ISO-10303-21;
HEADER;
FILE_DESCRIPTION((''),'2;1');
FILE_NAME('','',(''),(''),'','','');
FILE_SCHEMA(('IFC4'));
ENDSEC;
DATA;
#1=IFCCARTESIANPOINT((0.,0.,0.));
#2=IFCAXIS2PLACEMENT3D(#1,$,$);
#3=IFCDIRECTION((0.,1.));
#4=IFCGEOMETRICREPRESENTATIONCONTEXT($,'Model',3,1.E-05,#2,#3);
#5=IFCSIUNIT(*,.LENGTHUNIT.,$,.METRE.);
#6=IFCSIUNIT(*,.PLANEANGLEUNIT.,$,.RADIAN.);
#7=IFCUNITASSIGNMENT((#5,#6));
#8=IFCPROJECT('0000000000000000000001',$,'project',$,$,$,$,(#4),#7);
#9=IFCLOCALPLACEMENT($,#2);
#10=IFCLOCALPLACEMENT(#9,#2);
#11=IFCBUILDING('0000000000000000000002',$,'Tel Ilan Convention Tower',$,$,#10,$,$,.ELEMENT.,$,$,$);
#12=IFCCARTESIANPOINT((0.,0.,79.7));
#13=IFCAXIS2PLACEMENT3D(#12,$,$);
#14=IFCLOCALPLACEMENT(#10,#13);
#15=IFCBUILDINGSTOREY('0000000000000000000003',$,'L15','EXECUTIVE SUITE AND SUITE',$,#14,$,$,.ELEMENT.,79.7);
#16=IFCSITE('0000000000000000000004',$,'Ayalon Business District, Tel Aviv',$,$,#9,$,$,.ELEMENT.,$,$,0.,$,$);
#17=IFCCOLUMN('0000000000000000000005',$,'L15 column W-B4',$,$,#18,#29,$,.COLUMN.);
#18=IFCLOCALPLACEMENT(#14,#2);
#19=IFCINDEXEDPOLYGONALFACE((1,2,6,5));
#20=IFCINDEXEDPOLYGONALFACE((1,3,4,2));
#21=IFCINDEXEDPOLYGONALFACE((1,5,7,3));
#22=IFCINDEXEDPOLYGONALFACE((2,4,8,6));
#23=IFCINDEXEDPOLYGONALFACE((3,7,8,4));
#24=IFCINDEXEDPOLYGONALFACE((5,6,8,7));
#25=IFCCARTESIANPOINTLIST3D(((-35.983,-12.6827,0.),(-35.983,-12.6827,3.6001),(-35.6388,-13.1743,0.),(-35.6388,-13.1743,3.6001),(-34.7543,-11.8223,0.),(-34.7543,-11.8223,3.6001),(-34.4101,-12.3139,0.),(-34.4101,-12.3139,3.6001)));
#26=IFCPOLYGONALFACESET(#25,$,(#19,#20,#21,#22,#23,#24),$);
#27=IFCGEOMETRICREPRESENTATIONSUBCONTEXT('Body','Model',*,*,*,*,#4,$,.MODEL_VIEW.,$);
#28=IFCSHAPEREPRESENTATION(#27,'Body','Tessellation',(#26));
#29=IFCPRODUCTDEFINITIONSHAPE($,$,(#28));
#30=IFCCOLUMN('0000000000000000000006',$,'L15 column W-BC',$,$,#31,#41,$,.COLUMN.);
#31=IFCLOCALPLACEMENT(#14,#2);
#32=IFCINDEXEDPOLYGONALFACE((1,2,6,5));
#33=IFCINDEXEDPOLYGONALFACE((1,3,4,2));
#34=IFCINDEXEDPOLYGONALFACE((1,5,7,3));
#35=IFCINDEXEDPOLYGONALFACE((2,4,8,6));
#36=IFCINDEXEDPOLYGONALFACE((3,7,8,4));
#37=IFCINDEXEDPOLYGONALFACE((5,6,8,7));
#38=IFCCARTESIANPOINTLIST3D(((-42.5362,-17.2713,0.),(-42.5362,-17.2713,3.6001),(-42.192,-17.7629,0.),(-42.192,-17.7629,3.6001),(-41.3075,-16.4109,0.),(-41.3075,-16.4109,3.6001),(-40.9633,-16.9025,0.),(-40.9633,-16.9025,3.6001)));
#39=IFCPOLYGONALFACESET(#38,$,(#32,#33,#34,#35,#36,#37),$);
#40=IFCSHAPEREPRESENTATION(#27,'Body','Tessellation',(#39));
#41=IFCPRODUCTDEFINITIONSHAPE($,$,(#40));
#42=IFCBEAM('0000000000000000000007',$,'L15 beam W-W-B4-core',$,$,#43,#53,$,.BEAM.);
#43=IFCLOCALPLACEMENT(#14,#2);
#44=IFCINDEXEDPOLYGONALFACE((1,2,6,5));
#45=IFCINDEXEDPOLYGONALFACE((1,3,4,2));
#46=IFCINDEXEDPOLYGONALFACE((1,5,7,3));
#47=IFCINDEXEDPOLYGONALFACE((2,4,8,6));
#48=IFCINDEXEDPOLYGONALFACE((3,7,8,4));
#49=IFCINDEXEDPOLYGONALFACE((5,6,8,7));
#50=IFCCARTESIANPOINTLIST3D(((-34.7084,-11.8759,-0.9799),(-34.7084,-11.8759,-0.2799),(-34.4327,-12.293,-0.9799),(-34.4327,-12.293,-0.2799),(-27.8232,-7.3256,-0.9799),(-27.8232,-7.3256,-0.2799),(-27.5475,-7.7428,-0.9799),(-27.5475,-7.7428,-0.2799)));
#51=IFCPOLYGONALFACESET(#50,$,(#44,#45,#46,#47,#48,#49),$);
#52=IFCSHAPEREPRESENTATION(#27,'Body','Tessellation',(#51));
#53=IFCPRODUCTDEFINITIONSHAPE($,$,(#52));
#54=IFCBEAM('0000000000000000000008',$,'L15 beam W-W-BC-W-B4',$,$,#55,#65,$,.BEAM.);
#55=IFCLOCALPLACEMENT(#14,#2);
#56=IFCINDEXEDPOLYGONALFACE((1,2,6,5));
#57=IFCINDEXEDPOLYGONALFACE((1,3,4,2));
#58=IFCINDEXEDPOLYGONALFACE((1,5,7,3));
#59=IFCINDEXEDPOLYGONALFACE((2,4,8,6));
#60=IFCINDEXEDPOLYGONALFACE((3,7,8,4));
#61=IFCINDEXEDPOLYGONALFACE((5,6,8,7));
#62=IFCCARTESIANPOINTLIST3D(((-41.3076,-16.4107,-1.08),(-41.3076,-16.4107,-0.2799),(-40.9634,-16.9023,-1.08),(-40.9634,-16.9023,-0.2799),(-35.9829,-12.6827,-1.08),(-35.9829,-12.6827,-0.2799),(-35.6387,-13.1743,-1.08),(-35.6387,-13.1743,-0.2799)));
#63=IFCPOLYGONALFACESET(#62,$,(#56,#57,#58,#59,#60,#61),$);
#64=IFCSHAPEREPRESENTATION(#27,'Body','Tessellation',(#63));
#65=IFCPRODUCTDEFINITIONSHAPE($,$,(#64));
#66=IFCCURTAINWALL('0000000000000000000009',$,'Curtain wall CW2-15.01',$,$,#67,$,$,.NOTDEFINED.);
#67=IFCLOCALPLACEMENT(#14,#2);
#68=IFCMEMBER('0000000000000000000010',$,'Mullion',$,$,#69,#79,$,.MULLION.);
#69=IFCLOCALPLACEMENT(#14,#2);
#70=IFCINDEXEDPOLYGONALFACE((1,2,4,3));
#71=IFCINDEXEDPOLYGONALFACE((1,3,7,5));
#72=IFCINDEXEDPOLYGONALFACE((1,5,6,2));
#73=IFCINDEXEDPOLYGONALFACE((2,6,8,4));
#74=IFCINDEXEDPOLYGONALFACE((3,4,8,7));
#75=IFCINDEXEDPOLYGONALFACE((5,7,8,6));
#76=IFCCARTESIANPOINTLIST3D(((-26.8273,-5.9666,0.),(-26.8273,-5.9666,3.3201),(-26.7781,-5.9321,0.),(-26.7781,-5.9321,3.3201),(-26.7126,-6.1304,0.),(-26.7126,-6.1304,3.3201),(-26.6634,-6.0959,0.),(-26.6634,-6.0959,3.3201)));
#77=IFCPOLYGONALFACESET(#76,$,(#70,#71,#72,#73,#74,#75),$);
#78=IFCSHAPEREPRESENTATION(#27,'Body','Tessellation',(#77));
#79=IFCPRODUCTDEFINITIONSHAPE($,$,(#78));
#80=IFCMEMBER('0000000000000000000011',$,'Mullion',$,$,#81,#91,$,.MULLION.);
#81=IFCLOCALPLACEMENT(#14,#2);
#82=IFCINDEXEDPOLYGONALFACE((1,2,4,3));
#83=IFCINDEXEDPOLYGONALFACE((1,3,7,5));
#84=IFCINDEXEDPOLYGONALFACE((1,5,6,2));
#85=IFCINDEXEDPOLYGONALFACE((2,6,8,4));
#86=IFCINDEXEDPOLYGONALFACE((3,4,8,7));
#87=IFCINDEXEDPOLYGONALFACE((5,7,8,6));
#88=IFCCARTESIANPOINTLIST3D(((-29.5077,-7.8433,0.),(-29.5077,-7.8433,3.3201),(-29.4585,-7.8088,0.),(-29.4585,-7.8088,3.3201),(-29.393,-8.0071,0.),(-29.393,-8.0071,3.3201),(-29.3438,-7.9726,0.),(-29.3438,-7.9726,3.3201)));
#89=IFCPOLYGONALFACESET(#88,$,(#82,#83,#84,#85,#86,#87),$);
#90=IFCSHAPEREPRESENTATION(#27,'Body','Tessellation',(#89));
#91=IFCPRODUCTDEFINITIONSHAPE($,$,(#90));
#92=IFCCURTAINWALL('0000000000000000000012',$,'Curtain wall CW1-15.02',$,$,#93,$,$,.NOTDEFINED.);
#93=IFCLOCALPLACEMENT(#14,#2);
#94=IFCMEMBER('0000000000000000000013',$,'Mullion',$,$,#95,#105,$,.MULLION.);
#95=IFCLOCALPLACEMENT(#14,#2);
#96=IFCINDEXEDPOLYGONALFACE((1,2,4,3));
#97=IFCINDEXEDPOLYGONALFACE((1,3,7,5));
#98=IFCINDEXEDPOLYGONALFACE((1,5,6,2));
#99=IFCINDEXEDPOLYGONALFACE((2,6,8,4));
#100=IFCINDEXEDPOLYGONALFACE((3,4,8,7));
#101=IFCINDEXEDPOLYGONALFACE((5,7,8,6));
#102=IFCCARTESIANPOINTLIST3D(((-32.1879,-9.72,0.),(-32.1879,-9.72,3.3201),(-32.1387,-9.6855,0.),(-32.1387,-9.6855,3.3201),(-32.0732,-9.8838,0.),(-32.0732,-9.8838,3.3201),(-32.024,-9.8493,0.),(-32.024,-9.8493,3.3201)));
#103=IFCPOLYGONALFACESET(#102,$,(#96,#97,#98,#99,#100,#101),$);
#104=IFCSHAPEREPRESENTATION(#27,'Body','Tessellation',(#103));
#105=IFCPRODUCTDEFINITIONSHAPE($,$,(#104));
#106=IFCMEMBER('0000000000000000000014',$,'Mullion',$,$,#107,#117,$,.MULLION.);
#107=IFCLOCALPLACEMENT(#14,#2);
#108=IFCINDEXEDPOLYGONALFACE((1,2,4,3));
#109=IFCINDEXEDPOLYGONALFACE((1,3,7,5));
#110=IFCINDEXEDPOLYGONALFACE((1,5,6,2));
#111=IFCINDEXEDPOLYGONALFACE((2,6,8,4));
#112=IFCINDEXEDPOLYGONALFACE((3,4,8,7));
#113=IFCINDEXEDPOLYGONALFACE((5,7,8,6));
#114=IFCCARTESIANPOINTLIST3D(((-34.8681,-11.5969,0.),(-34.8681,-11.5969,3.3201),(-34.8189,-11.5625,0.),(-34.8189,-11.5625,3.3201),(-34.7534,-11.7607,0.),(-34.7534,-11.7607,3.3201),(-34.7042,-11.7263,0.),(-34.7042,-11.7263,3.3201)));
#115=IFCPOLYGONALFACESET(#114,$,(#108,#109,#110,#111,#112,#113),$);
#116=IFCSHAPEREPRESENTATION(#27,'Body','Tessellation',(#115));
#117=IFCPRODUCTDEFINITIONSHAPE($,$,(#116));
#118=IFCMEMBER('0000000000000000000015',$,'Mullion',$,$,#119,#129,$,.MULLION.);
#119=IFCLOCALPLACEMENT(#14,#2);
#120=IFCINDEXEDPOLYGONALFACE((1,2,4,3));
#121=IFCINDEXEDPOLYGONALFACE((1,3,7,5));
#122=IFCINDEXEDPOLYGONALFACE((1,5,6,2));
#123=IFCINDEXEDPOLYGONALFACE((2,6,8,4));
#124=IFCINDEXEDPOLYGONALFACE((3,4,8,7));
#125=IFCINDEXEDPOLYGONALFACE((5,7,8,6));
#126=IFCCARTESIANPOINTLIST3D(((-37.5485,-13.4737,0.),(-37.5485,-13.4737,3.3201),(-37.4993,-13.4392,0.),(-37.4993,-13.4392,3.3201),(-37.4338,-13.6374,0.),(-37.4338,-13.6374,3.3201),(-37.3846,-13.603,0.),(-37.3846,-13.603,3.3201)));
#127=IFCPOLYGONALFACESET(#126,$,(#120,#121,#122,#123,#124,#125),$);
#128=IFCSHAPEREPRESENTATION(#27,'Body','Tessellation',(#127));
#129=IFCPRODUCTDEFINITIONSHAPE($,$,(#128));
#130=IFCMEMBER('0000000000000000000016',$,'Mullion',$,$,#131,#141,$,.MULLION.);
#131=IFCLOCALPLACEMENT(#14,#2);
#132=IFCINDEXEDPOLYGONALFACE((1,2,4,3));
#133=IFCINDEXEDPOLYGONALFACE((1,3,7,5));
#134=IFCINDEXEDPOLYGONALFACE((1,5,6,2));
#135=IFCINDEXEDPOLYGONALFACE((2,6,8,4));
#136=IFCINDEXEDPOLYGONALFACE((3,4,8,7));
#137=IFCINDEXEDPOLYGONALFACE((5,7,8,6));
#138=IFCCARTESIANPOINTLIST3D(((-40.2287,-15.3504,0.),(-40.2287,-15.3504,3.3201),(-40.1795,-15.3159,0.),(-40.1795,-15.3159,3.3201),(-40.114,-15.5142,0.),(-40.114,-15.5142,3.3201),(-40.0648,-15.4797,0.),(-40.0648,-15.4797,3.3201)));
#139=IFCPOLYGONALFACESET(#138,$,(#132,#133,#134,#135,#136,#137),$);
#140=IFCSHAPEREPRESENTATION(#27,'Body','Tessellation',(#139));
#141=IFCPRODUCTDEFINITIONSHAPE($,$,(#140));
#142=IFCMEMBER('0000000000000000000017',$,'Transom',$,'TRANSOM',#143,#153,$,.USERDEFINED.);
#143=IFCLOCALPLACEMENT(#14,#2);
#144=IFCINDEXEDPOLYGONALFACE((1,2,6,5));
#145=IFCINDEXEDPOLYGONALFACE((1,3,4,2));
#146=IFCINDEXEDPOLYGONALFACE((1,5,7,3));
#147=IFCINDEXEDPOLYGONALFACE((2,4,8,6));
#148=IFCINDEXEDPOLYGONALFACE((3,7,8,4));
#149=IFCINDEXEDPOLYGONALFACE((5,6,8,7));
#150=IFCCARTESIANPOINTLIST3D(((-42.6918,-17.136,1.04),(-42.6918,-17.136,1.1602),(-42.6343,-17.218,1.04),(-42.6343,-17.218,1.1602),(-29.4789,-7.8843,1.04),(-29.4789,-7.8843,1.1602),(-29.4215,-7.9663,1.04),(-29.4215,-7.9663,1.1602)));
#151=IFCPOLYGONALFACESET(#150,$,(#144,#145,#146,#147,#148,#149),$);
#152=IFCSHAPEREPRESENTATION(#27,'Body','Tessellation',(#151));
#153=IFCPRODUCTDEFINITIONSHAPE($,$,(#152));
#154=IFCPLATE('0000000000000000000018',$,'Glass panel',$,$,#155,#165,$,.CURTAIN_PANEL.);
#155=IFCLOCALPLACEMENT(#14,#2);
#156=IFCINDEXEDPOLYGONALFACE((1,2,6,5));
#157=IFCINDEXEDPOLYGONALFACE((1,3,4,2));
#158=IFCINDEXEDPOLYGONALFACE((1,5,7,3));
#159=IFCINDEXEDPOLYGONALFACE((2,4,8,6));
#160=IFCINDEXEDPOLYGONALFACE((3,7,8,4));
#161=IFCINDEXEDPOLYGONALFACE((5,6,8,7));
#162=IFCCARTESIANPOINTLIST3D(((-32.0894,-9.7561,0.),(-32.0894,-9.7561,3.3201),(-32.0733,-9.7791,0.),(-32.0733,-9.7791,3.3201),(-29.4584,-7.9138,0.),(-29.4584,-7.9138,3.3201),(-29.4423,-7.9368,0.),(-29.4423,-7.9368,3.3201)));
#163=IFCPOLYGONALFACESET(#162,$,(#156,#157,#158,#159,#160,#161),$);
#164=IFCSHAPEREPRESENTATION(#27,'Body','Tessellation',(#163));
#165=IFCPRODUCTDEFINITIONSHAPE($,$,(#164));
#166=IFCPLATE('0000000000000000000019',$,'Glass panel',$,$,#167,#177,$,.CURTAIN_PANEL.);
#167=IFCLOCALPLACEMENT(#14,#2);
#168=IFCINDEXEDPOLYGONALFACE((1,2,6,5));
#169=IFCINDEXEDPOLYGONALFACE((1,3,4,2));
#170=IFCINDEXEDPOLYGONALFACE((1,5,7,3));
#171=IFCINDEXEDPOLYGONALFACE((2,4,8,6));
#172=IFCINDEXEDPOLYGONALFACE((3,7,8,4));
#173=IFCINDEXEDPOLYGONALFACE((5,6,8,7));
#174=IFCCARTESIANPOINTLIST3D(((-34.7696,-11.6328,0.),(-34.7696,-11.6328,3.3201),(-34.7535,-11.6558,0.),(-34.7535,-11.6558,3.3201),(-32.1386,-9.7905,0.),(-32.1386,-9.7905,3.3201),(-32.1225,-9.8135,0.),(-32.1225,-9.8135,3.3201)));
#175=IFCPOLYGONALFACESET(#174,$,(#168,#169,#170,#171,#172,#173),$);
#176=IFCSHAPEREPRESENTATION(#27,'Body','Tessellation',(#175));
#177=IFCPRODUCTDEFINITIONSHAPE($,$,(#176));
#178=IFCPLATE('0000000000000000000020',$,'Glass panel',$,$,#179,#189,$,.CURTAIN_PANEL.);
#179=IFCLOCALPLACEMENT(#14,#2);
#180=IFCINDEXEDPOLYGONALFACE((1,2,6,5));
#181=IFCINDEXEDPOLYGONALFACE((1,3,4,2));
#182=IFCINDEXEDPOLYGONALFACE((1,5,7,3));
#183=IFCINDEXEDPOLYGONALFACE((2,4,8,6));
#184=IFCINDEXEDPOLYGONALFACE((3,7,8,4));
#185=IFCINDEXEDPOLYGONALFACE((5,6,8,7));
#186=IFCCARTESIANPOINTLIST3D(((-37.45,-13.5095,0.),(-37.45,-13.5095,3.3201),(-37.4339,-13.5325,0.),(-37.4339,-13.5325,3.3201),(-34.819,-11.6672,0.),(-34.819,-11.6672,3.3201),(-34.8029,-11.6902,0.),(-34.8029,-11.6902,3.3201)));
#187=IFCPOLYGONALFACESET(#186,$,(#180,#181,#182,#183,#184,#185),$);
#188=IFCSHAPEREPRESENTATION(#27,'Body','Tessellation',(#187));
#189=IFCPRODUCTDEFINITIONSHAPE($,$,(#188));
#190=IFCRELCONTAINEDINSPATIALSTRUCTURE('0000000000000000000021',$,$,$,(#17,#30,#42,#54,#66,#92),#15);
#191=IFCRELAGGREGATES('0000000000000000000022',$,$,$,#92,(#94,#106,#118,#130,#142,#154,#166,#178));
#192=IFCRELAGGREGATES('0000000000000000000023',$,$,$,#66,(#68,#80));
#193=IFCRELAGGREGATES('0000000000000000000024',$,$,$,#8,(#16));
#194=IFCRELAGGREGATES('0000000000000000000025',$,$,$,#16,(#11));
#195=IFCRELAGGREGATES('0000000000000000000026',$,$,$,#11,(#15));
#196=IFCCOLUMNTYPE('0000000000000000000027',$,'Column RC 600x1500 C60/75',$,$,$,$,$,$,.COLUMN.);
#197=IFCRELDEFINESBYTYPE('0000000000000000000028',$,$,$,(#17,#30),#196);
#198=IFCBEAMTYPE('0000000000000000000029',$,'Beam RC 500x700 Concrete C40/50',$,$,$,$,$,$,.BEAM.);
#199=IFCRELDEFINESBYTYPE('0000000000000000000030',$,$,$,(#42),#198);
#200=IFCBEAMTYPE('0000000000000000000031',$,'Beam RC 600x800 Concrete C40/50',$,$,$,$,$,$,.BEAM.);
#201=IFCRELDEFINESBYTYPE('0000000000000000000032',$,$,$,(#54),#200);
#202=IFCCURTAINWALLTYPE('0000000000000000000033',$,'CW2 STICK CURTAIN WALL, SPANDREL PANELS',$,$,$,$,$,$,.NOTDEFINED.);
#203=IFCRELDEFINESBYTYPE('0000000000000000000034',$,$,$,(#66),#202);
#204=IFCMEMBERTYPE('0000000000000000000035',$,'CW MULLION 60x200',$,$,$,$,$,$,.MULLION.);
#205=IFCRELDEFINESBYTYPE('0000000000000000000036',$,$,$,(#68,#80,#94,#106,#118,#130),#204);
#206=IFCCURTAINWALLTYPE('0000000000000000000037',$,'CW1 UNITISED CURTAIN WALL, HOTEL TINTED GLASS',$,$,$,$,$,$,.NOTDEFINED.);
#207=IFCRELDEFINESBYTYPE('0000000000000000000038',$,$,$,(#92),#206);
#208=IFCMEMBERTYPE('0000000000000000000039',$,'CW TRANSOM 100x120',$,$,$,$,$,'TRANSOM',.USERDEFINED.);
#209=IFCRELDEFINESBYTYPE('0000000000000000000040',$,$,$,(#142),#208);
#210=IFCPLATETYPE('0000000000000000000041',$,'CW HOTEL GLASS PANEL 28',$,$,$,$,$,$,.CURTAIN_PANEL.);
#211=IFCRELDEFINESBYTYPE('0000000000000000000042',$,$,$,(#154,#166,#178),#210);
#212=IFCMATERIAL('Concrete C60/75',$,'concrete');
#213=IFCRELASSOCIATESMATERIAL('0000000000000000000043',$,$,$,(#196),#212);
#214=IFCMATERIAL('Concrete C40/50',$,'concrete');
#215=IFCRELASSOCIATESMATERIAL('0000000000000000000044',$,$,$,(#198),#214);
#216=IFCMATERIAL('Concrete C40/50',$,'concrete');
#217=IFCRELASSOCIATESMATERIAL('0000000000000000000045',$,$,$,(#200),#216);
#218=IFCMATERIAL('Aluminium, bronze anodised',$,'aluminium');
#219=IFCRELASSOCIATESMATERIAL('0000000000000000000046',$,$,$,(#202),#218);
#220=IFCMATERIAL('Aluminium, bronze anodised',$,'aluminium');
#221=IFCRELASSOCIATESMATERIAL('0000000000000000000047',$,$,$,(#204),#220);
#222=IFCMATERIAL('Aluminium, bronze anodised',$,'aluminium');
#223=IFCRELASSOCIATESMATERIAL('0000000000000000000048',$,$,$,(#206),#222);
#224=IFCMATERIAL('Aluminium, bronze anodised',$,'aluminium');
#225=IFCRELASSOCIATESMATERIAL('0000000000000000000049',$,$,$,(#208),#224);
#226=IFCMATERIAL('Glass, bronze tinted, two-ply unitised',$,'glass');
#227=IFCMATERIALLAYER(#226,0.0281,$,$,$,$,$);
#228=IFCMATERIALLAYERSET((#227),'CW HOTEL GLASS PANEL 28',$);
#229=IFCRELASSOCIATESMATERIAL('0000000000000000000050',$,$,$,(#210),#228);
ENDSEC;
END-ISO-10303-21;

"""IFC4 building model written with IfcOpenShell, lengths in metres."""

from ifc_helpers import new_model, si_unit, direction, frame, origin, origin_2d, place, context, subcontext, project, spatial, rectangle, extrude, material, layer, layer_set, material_profile, profile_set, type_object, element, aggregate, save


model = new_model("IFC4")

# Units and contexts
model_context = context("Model", 3, precision=1e-05, world=origin(), true_north=direction((0.0, 1.0)))
body_context = subcontext(model_context, "Body", "Model", "MODEL_VIEW")
ifc_project = project(units=[si_unit("LENGTHUNIT", "METRE"), si_unit("PLANEANGLEUNIT", "RADIAN")], contexts=[model_context])

# Site, building, storey
site_placement = place(None, origin())
site = spatial("IfcSite", under=ifc_project, at=site_placement, Name="Ayalon Business District, Tel Aviv", CompositionType="ELEMENT", RefElevation=0.0)
building_placement = place(site_placement, origin())
building = spatial("IfcBuilding", under=site, at=building_placement, Name="Tel Ilan Convention Tower", CompositionType="ELEMENT")
storey_placement = place(building_placement, frame((0.0, 0.0, 79.7)))
storey = spatial("IfcBuildingStorey", under=building, at=storey_placement, Name="L15", Description="EXECUTIVE SUITE AND SUITE", CompositionType="ELEMENT", Elevation=79.7)

# Columns
ifc_material_1 = material(Name="Concrete C60/75", Category="concrete")
ifc_material_profile_1 = material_profile(ifc_material_1, rectangle(XDim=1.5, YDim=0.6001, at=origin_2d()), Name="RC 600x1500")
ifc_profile_set_1 = profile_set([ifc_material_profile_1], Name="Concrete C60/75")
column_type = type_object("IfcColumnType", Name="Column RC 600x1500 C60/75", PredefinedType="COLUMN", material=ifc_profile_set_1)
for number, where, z_axis, x_axis, name in (
    (1, (-35.1965, -12.4983, 0.0), (0.0, 0.0, 1.0), (-0.819152, -0.573576, 0.0), "L15 column W-B4"),
    (2, (-41.7498, -17.0869, 0.0), (0.0, 0.0, 1.0), (-0.819152, -0.573576, 0.0), "L15 column W-BC"),
):
    element("IfcColumn", number, at=place(storey_placement, frame(where, z_axis=z_axis, x_axis=x_axis)), inside=storey, type_object=column_type, Name=name, PredefinedType="COLUMN", context=body_context, shape_type="SweptSolid", body=[
        extrude(rectangle(XDim=1.5, YDim=0.6001, at=origin_2d()), origin(), (0.0, 0.0, 1.0), 3.6001),
    ])

# Beams
ifc_material_2 = material(Name="Concrete C40/50", Category="concrete")
ifc_material_profile_2 = material_profile(ifc_material_2, rectangle(XDim=0.5, YDim=0.7, at=origin_2d()), Name="RC 500x700")
ifc_profile_set_2 = profile_set([ifc_material_profile_2], Name="Concrete C40/50")
beam_type_1 = type_object("IfcBeamType", Name="Beam RC 500x700 Concrete C40/50", PredefinedType="BEAM", material=ifc_profile_set_2)
beam_1_placement = place(storey_placement, frame((-34.5706, -12.0845, -0.6299), z_axis=(0.834274, 0.551351, 0.0), x_axis=(-0.551351, 0.834274, 0.0)))
element("IfcBeam", 3, at=beam_1_placement, inside=storey, type_object=beam_type_1, Name="L15 beam W-W-B4-core", PredefinedType="BEAM", context=body_context, shape_type="SweptSolid", body=[
    extrude(rectangle(XDim=0.5, YDim=0.7, at=origin_2d()), origin(), (0.0, 0.0, 1.0), 8.2529),
])
ifc_material_3 = material(Name="Concrete C40/50", Category="concrete")
ifc_material_profile_3 = material_profile(ifc_material_3, rectangle(XDim=0.6001, YDim=0.8, at=origin_2d()), Name="RC 600x800")
ifc_profile_set_3 = profile_set([ifc_material_profile_3], Name="Concrete C40/50")
beam_type_2 = type_object("IfcBeamType", Name="Beam RC 600x800 Concrete C40/50", PredefinedType="BEAM", material=ifc_profile_set_3)
beam_2_placement = place(storey_placement, frame((-41.1355, -16.6565, -0.6799), z_axis=(0.819179, 0.573538, 0.0), x_axis=(-0.573538, 0.819179, 0.0)))
element("IfcBeam", 4, at=beam_2_placement, inside=storey, type_object=beam_type_2, Name="L15 beam W-W-BC-W-B4", PredefinedType="BEAM", context=body_context, shape_type="SweptSolid", body=[
    extrude(rectangle(XDim=0.6001, YDim=0.8, at=origin_2d()), origin(), (0.0, 0.0, 1.0), 6.5),
])

# Curtain wall, members
ifc_material_4 = material(Name="Aluminium, bronze anodised", Category="aluminium")
curtain_wall_type_1 = type_object("IfcCurtainWallType", Name="CW2 STICK CURTAIN WALL, SPANDREL PANELS", PredefinedType="NOTDEFINED", material=ifc_material_4)
curtain_wall_1_placement = place(storey_placement, origin())
curtain_wall_1 = element("IfcCurtainWall", 5, at=curtain_wall_1_placement, inside=storey, type_object=curtain_wall_type_1, Name="Curtain wall CW2-15.01", PredefinedType="NOTDEFINED")
ifc_material_5 = material(Name="Aluminium, bronze anodised", Category="aluminium")
ifc_material_profile_4 = material_profile(ifc_material_5, rectangle(XDim=0.0601, YDim=0.2, at=origin_2d()), Name="CW MULLION 60x200")
ifc_profile_set_4 = profile_set([ifc_material_profile_4], Name="Aluminium, bronze anodised")
member_type_1 = type_object("IfcMemberType", Name="CW MULLION 60x200", PredefinedType="MULLION", material=ifc_profile_set_4)
member_1_placement = place(storey_placement, frame((-26.7454, -6.0312, 0.0), z_axis=(0.0, 0.0, 1.0), x_axis=(-0.819152, -0.573576, 0.0)))
member_1 = element("IfcMember", 6, at=member_1_placement, type_object=member_type_1, Name="Mullion", PredefinedType="MULLION", context=body_context, shape_type="SweptSolid", body=[
    extrude(rectangle(XDim=0.0601, YDim=0.2, at=origin_2d()), origin(), (0.0, 0.0, 1.0), 3.3201),
])
member_2_placement = place(storey_placement, frame((-29.4258, -7.908, 0.0), z_axis=(0.0, 0.0, 1.0), x_axis=(-0.819152, -0.573576, 0.0)))
member_2 = element("IfcMember", 7, at=member_2_placement, type_object=member_type_1, Name="Mullion", PredefinedType="MULLION", context=body_context, shape_type="SweptSolid", body=[
    extrude(rectangle(XDim=0.0601, YDim=0.2, at=origin_2d()), origin(), (0.0, 0.0, 1.0), 3.3201),
])

# Curtain wall, members, plates
ifc_material_6 = material(Name="Aluminium, bronze anodised", Category="aluminium")
curtain_wall_type_2 = type_object("IfcCurtainWallType", Name="CW1 UNITISED CURTAIN WALL, HOTEL TINTED GLASS", PredefinedType="NOTDEFINED", material=ifc_material_6)
curtain_wall_2_placement = place(storey_placement, origin())
curtain_wall_2 = element("IfcCurtainWall", 8, at=curtain_wall_2_placement, inside=storey, type_object=curtain_wall_type_2, Name="Curtain wall CW1-15.02", PredefinedType="NOTDEFINED")
member_3_placement = place(storey_placement, frame((-32.106, -9.7847, 0.0), z_axis=(0.0, 0.0, 1.0), x_axis=(-0.819152, -0.573576, 0.0)))
member_3 = element("IfcMember", 9, at=member_3_placement, type_object=member_type_1, Name="Mullion", PredefinedType="MULLION", context=body_context, shape_type="SweptSolid", body=[
    extrude(rectangle(XDim=0.0601, YDim=0.2, at=origin_2d()), origin(), (0.0, 0.0, 1.0), 3.3201),
])
member_4_placement = place(storey_placement, frame((-34.7861, -11.6616, 0.0), z_axis=(0.0, 0.0, 1.0), x_axis=(-0.819152, -0.573576, 0.0)))
member_4 = element("IfcMember", 10, at=member_4_placement, type_object=member_type_1, Name="Mullion", PredefinedType="MULLION", context=body_context, shape_type="SweptSolid", body=[
    extrude(rectangle(XDim=0.0601, YDim=0.2, at=origin_2d()), origin(), (0.0, 0.0, 1.0), 3.3201),
])
member_5_placement = place(storey_placement, frame((-37.4666, -13.5383, 0.0), z_axis=(0.0, 0.0, 1.0), x_axis=(-0.819152, -0.573576, 0.0)))
member_5 = element("IfcMember", 11, at=member_5_placement, type_object=member_type_1, Name="Mullion", PredefinedType="MULLION", context=body_context, shape_type="SweptSolid", body=[
    extrude(rectangle(XDim=0.0601, YDim=0.2, at=origin_2d()), origin(), (0.0, 0.0, 1.0), 3.3201),
])
member_6_placement = place(storey_placement, frame((-40.1467, -15.415, 0.0), z_axis=(0.0, 0.0, 1.0), x_axis=(-0.819152, -0.573576, 0.0)))
member_6 = element("IfcMember", 12, at=member_6_placement, type_object=member_type_1, Name="Mullion", PredefinedType="MULLION", context=body_context, shape_type="SweptSolid", body=[
    extrude(rectangle(XDim=0.0601, YDim=0.2, at=origin_2d()), origin(), (0.0, 0.0, 1.0), 3.3201),
])
ifc_material_7 = material(Name="Aluminium, bronze anodised", Category="aluminium")
ifc_material_profile_5 = material_profile(ifc_material_7, rectangle(XDim=0.1001, YDim=0.1201, at=origin_2d()), Name="CW TRANSOM 100x120")
ifc_profile_set_5 = profile_set([ifc_material_profile_5], Name="Aluminium, bronze anodised")
member_type_2 = type_object("IfcMemberType", Name="CW TRANSOM 100x120", ElementType="TRANSOM", PredefinedType="USERDEFINED", material=ifc_profile_set_5)
member_7_placement = place(storey_placement, frame((-29.4502, -7.9253, 1.1001), z_axis=(-0.819154, -0.573574, 0.0), x_axis=(0.573574, -0.819154, 0.0)))
member_7 = element("IfcMember", 13, at=member_7_placement, type_object=member_type_2, Name="Transom", ObjectType="TRANSOM", PredefinedType="USERDEFINED", context=body_context, shape_type="SweptSolid", body=[
    extrude(rectangle(XDim=0.1001, YDim=0.1201, at=origin_2d()), origin(), (0.0, 0.0, 1.0), 16.1299),
])
ifc_material_8 = material(Name="Glass, bronze tinted, two-ply unitised", Category="glass")
ifc_layer_1 = layer(ifc_material_8, 0.0281)
ifc_layer_set_1 = layer_set([ifc_layer_1], Name="CW HOTEL GLASS PANEL 28")
plate_type_1 = type_object("IfcPlateType", Name="CW HOTEL GLASS PANEL 28", PredefinedType="CURTAIN_PANEL", material=ifc_layer_set_1)
plate_1_placement = place(storey_placement, frame((-30.7659, -8.8464, 0.0), z_axis=(0.0, 0.0, 1.0), x_axis=(-0.819152, -0.573576, 0.0)))
plate_1 = element("IfcPlate", 14, at=plate_1_placement, type_object=plate_type_1, Name="Glass panel", PredefinedType="CURTAIN_PANEL", context=body_context, shape_type="SweptSolid", body=[
    extrude(rectangle(XDim=3.2119, YDim=0.0281, at=origin_2d()), origin(), (0.0, 0.0, 1.0), 3.3201),
])
plate_2_placement = place(storey_placement, frame((-33.446, -10.7231, 0.0), z_axis=(0.0, 0.0, 1.0), x_axis=(-0.819152, -0.573576, 0.0)))
plate_2 = element("IfcPlate", 15, at=plate_2_placement, type_object=plate_type_1, Name="Glass panel", PredefinedType="CURTAIN_PANEL", context=body_context, shape_type="SweptSolid", body=[
    extrude(rectangle(XDim=3.2119, YDim=0.0281, at=origin_2d()), origin(), (0.0, 0.0, 1.0), 3.3201),
])
plate_3_placement = place(storey_placement, frame((-36.1265, -12.5999, 0.0), z_axis=(0.0, 0.0, 1.0), x_axis=(-0.819152, -0.573576, 0.0)))
plate_3 = element("IfcPlate", 16, at=plate_3_placement, type_object=plate_type_1, Name="Glass panel", PredefinedType="CURTAIN_PANEL", context=body_context, shape_type="SweptSolid", body=[
    extrude(rectangle(XDim=3.2119, YDim=0.0281, at=origin_2d()), origin(), (0.0, 0.0, 1.0), 3.3201),
])
aggregate(curtain_wall_2, [member_3, member_4, member_5, member_6, member_7, plate_1, plate_2, plate_3])

aggregate(curtain_wall_1, [member_1, member_2])

save(model, "model.ifc")
